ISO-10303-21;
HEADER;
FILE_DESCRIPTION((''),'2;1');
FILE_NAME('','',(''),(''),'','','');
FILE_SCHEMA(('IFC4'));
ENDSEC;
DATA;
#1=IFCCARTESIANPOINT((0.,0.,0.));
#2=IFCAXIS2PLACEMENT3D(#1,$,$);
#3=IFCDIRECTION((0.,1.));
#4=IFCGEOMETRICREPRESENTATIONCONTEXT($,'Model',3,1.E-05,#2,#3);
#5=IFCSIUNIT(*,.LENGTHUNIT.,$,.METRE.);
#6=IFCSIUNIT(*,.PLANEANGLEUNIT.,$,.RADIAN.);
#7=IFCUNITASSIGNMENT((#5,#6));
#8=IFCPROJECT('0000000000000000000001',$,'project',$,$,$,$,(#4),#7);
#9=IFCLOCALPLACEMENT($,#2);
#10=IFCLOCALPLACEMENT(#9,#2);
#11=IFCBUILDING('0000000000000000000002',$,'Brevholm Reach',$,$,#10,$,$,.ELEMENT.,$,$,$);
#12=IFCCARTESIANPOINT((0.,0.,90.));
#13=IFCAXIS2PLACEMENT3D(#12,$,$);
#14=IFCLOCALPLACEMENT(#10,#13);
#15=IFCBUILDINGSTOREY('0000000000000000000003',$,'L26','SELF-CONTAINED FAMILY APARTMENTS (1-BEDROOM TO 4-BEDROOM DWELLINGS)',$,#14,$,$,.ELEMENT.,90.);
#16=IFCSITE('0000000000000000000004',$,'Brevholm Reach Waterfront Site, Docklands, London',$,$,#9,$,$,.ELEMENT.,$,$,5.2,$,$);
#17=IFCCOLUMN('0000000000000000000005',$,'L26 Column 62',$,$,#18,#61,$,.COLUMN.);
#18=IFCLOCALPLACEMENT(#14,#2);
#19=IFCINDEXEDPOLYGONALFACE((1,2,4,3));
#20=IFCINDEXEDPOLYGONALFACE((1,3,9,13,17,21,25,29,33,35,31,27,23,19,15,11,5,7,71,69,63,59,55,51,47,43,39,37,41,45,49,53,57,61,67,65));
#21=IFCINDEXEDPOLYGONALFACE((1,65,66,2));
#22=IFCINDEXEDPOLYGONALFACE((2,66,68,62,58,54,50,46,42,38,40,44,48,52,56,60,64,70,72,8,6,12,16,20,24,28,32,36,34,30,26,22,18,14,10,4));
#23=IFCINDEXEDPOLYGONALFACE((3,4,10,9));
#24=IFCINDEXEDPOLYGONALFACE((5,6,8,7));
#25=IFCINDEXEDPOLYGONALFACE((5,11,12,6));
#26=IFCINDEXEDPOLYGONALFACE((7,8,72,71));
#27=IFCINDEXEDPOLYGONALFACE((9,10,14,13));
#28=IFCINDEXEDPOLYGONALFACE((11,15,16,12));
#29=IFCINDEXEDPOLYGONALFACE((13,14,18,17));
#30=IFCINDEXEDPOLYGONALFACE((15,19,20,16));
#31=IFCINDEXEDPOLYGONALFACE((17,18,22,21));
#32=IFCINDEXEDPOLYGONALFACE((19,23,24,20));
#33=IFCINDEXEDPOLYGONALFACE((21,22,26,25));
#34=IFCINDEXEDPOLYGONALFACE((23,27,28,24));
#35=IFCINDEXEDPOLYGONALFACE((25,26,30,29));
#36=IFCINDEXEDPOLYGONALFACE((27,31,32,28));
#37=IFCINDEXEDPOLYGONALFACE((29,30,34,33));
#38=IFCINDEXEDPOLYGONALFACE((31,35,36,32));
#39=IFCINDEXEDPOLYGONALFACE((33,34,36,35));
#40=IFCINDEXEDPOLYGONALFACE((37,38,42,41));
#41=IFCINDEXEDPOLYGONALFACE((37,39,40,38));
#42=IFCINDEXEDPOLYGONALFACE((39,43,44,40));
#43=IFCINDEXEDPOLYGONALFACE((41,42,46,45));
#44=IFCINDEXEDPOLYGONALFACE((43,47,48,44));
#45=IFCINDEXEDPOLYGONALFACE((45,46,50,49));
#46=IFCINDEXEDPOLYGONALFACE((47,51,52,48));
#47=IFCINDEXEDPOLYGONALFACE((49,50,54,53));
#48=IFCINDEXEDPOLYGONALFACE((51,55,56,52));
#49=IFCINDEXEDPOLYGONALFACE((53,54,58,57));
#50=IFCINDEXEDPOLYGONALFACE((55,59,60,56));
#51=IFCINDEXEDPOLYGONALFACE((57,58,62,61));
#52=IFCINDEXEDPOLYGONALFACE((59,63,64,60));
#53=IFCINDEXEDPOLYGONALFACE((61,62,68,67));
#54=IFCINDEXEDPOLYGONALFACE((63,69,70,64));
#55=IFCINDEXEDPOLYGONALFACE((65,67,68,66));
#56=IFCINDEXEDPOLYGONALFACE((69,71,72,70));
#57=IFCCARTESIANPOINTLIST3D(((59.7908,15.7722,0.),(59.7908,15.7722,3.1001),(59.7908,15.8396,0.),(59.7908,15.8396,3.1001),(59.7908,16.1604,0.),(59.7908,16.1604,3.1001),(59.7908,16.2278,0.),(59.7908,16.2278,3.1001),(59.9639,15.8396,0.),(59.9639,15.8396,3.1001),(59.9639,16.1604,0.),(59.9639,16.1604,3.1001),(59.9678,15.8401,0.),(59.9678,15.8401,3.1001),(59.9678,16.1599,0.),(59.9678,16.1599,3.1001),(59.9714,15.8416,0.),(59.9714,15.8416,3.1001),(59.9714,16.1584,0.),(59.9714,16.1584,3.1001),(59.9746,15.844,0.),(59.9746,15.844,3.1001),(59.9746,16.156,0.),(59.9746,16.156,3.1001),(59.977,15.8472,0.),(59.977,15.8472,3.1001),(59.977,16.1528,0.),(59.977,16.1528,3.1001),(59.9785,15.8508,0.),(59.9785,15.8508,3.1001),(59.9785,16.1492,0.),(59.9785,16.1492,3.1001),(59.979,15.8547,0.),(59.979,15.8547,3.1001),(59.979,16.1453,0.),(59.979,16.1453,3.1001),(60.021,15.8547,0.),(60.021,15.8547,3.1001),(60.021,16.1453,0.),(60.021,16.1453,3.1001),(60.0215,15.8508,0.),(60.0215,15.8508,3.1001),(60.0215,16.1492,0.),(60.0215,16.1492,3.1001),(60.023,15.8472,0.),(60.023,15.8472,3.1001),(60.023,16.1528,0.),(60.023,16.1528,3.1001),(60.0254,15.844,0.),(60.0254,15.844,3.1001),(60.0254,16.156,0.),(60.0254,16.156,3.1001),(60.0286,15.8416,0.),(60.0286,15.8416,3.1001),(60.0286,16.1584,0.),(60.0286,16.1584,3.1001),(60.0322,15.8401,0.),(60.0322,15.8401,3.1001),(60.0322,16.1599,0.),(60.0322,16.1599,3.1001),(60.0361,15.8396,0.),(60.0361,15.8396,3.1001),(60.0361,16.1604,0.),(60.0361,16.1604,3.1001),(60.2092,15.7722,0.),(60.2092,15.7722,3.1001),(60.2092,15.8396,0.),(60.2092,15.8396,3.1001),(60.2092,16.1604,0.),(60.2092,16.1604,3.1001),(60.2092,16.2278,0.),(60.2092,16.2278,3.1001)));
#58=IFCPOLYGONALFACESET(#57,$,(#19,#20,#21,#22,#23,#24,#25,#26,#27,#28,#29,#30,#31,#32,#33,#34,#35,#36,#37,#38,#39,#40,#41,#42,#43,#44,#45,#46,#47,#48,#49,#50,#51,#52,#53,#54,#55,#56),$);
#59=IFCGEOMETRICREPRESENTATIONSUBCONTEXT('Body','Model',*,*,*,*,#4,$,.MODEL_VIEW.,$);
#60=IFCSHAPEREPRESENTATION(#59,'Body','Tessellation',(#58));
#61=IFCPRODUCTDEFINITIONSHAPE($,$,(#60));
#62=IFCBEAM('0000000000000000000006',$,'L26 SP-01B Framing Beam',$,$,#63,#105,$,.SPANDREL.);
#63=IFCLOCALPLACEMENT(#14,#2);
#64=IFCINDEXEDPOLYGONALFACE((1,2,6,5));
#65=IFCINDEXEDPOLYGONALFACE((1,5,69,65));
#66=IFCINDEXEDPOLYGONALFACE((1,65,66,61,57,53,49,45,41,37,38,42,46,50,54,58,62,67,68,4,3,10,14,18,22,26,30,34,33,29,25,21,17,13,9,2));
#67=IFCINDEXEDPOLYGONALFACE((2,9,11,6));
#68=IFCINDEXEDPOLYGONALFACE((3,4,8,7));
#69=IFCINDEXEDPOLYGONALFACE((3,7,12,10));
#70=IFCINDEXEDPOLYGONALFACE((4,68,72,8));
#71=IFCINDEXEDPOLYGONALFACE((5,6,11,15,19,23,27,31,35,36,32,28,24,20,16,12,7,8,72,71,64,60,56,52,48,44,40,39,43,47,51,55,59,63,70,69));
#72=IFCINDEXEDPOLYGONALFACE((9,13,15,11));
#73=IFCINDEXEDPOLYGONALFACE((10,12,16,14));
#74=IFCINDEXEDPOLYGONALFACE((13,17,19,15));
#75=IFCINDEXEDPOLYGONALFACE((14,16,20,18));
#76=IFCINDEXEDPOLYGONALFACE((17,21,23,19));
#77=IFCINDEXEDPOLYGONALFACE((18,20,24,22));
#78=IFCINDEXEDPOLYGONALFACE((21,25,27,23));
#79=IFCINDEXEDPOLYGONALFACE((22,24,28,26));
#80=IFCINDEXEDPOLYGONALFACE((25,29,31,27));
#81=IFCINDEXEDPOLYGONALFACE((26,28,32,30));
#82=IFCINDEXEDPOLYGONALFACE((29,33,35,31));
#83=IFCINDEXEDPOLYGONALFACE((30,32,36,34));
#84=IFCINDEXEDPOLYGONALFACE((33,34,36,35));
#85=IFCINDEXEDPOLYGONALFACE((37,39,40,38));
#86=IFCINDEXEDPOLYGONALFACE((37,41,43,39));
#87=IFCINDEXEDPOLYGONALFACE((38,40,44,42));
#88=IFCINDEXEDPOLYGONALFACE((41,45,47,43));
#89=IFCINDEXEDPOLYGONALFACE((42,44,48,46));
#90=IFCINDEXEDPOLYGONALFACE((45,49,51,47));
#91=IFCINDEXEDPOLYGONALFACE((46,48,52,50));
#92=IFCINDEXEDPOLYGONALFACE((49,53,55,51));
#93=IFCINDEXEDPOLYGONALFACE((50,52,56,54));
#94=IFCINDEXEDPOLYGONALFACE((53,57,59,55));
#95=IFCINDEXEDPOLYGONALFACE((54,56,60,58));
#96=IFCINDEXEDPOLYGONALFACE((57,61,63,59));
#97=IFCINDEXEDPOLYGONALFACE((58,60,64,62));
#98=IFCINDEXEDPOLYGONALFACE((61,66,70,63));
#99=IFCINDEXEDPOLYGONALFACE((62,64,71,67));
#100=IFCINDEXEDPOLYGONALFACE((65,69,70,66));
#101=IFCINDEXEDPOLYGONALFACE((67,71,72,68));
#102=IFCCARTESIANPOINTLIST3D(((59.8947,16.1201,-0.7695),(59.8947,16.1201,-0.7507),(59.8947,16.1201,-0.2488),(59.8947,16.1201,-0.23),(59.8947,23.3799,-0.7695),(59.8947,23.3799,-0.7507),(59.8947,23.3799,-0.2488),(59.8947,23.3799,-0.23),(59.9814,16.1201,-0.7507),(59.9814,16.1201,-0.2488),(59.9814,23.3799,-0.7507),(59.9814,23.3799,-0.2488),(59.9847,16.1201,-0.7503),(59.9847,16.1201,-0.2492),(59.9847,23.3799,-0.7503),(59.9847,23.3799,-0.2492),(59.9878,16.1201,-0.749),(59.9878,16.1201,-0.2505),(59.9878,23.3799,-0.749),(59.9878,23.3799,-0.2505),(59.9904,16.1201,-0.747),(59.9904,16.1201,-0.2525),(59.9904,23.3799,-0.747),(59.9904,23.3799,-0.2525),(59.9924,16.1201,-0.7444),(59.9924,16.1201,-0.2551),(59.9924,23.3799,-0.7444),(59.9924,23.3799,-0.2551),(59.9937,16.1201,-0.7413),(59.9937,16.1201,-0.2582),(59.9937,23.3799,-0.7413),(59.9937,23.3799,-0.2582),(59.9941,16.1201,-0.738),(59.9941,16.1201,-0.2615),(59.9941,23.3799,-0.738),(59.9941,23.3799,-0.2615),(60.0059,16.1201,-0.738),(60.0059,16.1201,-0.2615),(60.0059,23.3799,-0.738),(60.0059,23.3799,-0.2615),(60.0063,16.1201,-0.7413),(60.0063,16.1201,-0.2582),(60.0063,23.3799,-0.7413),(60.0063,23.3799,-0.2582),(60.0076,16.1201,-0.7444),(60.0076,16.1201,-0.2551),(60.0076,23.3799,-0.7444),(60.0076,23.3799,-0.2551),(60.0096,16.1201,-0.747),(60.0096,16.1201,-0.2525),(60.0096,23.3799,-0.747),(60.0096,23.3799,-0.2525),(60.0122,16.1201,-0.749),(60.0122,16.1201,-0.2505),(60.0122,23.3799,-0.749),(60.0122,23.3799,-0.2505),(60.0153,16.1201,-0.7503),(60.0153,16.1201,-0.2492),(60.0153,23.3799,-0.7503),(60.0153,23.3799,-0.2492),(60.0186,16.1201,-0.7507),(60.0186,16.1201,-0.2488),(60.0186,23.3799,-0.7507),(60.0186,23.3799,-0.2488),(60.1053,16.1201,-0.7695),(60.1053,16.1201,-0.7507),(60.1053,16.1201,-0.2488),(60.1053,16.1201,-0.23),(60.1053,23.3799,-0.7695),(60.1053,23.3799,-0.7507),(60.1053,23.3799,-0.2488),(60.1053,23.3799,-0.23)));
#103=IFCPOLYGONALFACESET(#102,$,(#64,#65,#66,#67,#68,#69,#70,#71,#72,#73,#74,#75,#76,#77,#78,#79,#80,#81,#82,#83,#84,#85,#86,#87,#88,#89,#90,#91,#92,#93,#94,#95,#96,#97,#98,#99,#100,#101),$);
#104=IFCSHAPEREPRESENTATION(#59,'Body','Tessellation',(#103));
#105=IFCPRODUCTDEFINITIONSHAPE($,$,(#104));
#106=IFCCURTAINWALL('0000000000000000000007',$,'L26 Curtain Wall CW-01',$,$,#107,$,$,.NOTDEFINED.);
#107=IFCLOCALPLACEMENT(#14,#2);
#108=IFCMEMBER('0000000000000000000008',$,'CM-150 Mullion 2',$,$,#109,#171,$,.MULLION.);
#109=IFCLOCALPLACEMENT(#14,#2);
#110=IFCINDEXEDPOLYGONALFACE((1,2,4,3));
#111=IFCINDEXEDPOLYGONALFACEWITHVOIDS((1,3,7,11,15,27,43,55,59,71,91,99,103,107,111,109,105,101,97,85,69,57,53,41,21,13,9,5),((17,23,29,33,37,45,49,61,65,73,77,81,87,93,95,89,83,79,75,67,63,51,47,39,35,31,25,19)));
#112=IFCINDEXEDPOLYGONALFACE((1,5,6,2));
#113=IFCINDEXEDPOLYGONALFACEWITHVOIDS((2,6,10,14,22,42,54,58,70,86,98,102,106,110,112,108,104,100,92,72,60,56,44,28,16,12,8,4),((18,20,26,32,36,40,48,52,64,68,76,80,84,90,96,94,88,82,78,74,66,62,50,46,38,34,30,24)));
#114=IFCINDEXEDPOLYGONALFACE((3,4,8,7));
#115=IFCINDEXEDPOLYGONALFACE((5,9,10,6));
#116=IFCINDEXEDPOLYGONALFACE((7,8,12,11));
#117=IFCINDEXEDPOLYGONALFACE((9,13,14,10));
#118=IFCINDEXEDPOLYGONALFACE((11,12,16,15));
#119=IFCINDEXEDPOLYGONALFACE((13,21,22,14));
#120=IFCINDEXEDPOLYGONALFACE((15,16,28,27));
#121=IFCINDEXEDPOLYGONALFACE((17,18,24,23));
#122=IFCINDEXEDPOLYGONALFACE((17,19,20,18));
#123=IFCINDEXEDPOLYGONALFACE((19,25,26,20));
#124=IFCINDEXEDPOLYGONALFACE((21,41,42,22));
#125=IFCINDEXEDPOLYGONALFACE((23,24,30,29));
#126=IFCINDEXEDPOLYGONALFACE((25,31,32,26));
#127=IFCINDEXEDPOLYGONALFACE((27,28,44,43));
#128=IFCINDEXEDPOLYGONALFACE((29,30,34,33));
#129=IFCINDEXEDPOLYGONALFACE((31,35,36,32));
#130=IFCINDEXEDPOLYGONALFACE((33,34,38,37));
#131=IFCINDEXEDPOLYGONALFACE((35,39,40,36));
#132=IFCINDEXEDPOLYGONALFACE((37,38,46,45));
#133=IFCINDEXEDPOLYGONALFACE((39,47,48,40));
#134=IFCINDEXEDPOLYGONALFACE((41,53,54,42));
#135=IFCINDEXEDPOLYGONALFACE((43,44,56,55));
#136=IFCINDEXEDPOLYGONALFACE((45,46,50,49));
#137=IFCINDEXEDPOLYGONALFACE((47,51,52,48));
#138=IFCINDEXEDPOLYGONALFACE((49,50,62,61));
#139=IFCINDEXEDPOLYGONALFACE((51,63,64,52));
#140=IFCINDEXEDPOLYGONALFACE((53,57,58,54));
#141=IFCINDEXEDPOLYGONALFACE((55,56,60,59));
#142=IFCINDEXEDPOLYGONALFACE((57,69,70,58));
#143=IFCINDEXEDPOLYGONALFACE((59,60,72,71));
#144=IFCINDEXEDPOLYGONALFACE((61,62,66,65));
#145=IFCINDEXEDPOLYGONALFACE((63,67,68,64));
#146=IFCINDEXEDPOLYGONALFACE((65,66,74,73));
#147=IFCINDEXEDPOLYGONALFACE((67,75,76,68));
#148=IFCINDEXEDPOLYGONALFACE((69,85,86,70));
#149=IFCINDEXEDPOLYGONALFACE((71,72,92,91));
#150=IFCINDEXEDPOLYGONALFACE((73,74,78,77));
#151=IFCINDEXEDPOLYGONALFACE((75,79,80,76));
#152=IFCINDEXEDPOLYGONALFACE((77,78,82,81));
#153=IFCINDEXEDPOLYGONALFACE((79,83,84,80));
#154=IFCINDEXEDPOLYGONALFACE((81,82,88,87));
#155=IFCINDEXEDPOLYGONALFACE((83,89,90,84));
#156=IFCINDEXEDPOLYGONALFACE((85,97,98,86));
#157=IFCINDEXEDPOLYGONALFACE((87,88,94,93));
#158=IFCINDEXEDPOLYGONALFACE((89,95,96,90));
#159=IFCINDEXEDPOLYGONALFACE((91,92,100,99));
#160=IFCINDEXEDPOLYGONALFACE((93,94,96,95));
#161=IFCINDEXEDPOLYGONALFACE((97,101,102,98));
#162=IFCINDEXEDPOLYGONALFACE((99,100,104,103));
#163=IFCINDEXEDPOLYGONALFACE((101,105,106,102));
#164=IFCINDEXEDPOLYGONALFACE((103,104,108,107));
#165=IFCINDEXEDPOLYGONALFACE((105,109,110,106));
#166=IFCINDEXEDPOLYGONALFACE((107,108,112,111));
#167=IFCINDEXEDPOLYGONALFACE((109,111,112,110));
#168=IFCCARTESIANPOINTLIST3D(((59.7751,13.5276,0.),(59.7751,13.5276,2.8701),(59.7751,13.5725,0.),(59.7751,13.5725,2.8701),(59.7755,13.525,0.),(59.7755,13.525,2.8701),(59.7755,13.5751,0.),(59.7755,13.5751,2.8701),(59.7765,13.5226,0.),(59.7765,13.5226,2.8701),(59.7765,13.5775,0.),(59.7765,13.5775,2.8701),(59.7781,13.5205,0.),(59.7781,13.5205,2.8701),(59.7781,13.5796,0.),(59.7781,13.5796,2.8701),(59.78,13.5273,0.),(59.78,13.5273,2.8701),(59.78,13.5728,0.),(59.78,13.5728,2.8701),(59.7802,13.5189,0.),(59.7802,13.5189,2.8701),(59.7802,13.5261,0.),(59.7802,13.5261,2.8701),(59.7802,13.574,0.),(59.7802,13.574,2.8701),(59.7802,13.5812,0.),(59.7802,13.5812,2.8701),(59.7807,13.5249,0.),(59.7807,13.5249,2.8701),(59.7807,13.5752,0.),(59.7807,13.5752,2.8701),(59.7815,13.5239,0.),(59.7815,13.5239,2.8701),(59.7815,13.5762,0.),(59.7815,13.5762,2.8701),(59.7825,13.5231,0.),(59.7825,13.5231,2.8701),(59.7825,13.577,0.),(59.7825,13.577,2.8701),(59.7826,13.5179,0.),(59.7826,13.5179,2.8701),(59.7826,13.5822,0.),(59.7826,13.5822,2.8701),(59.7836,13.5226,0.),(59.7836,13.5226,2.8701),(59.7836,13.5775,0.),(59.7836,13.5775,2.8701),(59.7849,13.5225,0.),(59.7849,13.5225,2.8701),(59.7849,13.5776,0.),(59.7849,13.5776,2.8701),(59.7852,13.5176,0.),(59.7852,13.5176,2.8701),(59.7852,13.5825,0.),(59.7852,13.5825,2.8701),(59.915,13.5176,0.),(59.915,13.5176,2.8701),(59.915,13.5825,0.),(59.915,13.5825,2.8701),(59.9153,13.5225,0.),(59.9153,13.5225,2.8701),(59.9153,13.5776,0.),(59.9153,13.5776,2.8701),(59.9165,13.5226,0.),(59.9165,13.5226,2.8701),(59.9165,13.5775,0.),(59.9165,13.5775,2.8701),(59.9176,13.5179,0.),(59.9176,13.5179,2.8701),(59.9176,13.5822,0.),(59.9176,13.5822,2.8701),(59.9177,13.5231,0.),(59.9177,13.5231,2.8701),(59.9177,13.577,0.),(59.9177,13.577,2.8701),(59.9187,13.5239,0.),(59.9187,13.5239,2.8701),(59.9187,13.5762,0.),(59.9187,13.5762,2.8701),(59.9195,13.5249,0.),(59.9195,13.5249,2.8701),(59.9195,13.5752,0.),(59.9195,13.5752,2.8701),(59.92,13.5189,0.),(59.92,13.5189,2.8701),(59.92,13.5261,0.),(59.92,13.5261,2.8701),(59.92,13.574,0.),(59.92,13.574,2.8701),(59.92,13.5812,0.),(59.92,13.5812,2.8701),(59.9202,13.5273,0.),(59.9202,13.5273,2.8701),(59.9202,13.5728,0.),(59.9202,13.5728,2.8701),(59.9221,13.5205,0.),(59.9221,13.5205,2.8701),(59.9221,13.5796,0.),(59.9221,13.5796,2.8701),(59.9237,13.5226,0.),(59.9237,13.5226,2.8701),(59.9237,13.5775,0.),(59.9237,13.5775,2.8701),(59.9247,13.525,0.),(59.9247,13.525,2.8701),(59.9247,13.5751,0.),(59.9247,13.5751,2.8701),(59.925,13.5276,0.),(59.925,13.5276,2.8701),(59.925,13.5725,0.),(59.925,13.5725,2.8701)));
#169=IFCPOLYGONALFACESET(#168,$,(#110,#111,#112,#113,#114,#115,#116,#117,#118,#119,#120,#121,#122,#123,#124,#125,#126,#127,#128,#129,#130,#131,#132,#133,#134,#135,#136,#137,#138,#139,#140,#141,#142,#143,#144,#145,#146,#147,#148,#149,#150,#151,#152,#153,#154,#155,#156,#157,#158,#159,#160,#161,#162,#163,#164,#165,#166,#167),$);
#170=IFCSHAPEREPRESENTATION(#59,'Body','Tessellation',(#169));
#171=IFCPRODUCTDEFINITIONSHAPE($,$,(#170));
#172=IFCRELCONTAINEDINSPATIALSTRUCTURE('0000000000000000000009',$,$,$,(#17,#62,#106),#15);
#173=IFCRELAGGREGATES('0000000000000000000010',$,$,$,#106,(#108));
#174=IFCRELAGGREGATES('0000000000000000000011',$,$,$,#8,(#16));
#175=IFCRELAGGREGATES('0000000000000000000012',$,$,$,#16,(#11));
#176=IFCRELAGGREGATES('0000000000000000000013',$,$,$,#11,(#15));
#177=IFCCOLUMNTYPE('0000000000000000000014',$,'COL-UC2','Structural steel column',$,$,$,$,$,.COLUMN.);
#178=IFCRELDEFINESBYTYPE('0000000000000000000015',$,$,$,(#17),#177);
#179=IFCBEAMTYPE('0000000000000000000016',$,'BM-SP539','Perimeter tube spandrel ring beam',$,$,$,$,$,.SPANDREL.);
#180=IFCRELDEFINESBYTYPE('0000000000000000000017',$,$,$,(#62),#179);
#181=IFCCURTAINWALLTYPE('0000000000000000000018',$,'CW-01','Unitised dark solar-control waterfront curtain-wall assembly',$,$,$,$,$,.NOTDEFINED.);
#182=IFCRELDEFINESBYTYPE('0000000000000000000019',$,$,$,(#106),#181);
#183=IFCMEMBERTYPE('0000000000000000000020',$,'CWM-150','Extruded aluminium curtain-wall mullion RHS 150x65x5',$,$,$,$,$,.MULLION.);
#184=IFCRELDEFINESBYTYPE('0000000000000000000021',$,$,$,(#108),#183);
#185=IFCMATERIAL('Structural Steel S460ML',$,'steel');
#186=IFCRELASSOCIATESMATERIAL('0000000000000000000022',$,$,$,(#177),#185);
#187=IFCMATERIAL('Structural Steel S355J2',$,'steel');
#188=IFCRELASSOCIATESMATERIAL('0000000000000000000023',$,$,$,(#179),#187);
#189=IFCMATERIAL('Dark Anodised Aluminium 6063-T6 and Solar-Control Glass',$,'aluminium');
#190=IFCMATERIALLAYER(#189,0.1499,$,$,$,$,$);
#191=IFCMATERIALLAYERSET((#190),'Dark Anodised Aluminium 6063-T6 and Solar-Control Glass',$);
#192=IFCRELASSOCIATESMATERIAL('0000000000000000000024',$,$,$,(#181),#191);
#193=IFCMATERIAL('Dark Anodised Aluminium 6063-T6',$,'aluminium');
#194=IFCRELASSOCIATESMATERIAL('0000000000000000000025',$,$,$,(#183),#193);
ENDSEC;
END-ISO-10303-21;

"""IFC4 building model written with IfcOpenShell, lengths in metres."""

from ifc_helpers import new_model, si_unit, direction, frame, origin, origin_2d, place, context, subcontext, project, spatial, hollow_rectangle, i_section, extrude, material, layer, layer_set, material_profile, profile_set, type_object, element, aggregate, save


model = new_model("IFC4")

# Units and contexts
model_context = context("Model", 3, precision=1e-05, world=origin(), true_north=direction((0.0, 1.0)))
body_context = subcontext(model_context, "Body", "Model", "MODEL_VIEW")
ifc_project = project(units=[si_unit("LENGTHUNIT", "METRE"), si_unit("PLANEANGLEUNIT", "RADIAN")], contexts=[model_context])

# Site, building, storey
site_placement = place(None, origin())
site = spatial("IfcSite", under=ifc_project, at=site_placement, Name="Brevholm Reach Waterfront Site, Docklands, London", CompositionType="ELEMENT", RefElevation=5.2)
building_placement = place(site_placement, origin())
building = spatial("IfcBuilding", under=site, at=building_placement, Name="Brevholm Reach", CompositionType="ELEMENT")
storey_placement = place(building_placement, frame((0.0, 0.0, 90.0)))
storey = spatial("IfcBuildingStorey", under=building, at=storey_placement, Name="L26", Description="SELF-CONTAINED FAMILY APARTMENTS (1-BEDROOM TO 4-BEDROOM DWELLINGS)", CompositionType="ELEMENT", Elevation=90.0)

# Column
ifc_material_1 = material(Name="Structural Steel S460ML", Category="steel")
ifc_material_profile_1 = material_profile(ifc_material_1, i_section(OverallWidth=0.4185, OverallDepth=0.4556, WebThickness=0.042, FlangeThickness=0.0674, FilletRadius=0.0151, at=origin_2d()), Name="UKC 356x406x551")
ifc_profile_set_1 = profile_set([ifc_material_profile_1], Name="Structural Steel S460ML")
column_type = type_object("IfcColumnType", Name="COL-UC2", Description="Structural steel column", PredefinedType="COLUMN", material=ifc_profile_set_1)
column_placement = place(storey_placement, frame((60.0, 16.0, 0.0), z_axis=(0.0, 0.0, 1.0), x_axis=(1.0, 0.0, 0.0)))
element("IfcColumn", 1, at=column_placement, inside=storey, type_object=column_type, Name="L26 Column 62", PredefinedType="COLUMN", context=body_context, shape_type="SweptSolid", body=[
    extrude(i_section(OverallWidth=0.4185, OverallDepth=0.4556, WebThickness=0.042, FlangeThickness=0.0674, FilletRadius=0.0151, at=origin_2d()), origin(), (0.0, 0.0, 1.0), 3.1001),
])

# Beam
ifc_material_2 = material(Name="Structural Steel S355J2", Category="steel")
ifc_material_profile_2 = material_profile(ifc_material_2, i_section(OverallWidth=0.2107, OverallDepth=0.5396, WebThickness=0.0117, FlangeThickness=0.0188, FilletRadius=0.0127, at=origin_2d()), Name="UKB 533x210x109")
ifc_profile_set_2 = profile_set([ifc_material_profile_2], Name="Structural Steel S355J2")
beam_type = type_object("IfcBeamType", Name="BM-SP539", Description="Perimeter tube spandrel ring beam", PredefinedType="SPANDREL", material=ifc_profile_set_2)
beam_placement = place(storey_placement, frame((60.0, 16.1201, -0.4998), z_axis=(0.0, 1.0, 0.0), x_axis=(-1.0, 0.0, 0.0)))
element("IfcBeam", 2, at=beam_placement, inside=storey, type_object=beam_type, Name="L26 SP-01B Framing Beam", PredefinedType="SPANDREL", context=body_context, shape_type="SweptSolid", body=[
    extrude(i_section(OverallWidth=0.2107, OverallDepth=0.5396, WebThickness=0.0117, FlangeThickness=0.0188, FilletRadius=0.0127, at=origin_2d()), origin(), (0.0, 0.0, 1.0), 7.2598),
])

# Curtain wall, member
ifc_material_3 = material(Name="Dark Anodised Aluminium 6063-T6 and Solar-Control Glass", Category="aluminium")
ifc_layer_1 = layer(ifc_material_3, 0.1499)
ifc_layer_set_1 = layer_set([ifc_layer_1], Name="Dark Anodised Aluminium 6063-T6 and Solar-Control Glass")
curtain_wall_type = type_object("IfcCurtainWallType", Name="CW-01", Description="Unitised dark solar-control waterfront curtain-wall assembly", PredefinedType="NOTDEFINED", material=ifc_layer_set_1)
curtain_wall_placement = place(storey_placement, origin())
curtain_wall = element("IfcCurtainWall", 3, at=curtain_wall_placement, inside=storey, type_object=curtain_wall_type, Name="L26 Curtain Wall CW-01", PredefinedType="NOTDEFINED")
ifc_material_4 = material(Name="Dark Anodised Aluminium 6063-T6", Category="aluminium")
ifc_material_profile_3 = material_profile(ifc_material_4, hollow_rectangle(XDim=0.0649, YDim=0.1499, WallThickness=0.0049, InnerFilletRadius=0.0049, OuterFilletRadius=0.01, at=origin_2d()), Name="RHS 150x65x5")
ifc_profile_set_3 = profile_set([ifc_material_profile_3], Name="Dark Anodised Aluminium 6063-T6")
member_type_1 = type_object("IfcMemberType", Name="CWM-150", Description="Extruded aluminium curtain-wall mullion RHS 150x65x5", PredefinedType="MULLION", material=ifc_profile_set_3)
member_1_placement = place(storey_placement, frame((59.8501, 13.55, 0.0), z_axis=(0.0, 0.0, 1.0), x_axis=(0.0, 1.0, 0.0)))
member_1 = element("IfcMember", 4, at=member_1_placement, type_object=member_type_1, Name="CM-150 Mullion 2", PredefinedType="MULLION", context=body_context, shape_type="SweptSolid", body=[
    extrude(hollow_rectangle(XDim=0.0649, YDim=0.1499, WallThickness=0.0049, InnerFilletRadius=0.0049, OuterFilletRadius=0.01, at=origin_2d()), origin(), (0.0, 0.0, 1.0), 2.8701),
])
aggregate(curtain_wall, [member_1])

save(model, "model.ifc")
